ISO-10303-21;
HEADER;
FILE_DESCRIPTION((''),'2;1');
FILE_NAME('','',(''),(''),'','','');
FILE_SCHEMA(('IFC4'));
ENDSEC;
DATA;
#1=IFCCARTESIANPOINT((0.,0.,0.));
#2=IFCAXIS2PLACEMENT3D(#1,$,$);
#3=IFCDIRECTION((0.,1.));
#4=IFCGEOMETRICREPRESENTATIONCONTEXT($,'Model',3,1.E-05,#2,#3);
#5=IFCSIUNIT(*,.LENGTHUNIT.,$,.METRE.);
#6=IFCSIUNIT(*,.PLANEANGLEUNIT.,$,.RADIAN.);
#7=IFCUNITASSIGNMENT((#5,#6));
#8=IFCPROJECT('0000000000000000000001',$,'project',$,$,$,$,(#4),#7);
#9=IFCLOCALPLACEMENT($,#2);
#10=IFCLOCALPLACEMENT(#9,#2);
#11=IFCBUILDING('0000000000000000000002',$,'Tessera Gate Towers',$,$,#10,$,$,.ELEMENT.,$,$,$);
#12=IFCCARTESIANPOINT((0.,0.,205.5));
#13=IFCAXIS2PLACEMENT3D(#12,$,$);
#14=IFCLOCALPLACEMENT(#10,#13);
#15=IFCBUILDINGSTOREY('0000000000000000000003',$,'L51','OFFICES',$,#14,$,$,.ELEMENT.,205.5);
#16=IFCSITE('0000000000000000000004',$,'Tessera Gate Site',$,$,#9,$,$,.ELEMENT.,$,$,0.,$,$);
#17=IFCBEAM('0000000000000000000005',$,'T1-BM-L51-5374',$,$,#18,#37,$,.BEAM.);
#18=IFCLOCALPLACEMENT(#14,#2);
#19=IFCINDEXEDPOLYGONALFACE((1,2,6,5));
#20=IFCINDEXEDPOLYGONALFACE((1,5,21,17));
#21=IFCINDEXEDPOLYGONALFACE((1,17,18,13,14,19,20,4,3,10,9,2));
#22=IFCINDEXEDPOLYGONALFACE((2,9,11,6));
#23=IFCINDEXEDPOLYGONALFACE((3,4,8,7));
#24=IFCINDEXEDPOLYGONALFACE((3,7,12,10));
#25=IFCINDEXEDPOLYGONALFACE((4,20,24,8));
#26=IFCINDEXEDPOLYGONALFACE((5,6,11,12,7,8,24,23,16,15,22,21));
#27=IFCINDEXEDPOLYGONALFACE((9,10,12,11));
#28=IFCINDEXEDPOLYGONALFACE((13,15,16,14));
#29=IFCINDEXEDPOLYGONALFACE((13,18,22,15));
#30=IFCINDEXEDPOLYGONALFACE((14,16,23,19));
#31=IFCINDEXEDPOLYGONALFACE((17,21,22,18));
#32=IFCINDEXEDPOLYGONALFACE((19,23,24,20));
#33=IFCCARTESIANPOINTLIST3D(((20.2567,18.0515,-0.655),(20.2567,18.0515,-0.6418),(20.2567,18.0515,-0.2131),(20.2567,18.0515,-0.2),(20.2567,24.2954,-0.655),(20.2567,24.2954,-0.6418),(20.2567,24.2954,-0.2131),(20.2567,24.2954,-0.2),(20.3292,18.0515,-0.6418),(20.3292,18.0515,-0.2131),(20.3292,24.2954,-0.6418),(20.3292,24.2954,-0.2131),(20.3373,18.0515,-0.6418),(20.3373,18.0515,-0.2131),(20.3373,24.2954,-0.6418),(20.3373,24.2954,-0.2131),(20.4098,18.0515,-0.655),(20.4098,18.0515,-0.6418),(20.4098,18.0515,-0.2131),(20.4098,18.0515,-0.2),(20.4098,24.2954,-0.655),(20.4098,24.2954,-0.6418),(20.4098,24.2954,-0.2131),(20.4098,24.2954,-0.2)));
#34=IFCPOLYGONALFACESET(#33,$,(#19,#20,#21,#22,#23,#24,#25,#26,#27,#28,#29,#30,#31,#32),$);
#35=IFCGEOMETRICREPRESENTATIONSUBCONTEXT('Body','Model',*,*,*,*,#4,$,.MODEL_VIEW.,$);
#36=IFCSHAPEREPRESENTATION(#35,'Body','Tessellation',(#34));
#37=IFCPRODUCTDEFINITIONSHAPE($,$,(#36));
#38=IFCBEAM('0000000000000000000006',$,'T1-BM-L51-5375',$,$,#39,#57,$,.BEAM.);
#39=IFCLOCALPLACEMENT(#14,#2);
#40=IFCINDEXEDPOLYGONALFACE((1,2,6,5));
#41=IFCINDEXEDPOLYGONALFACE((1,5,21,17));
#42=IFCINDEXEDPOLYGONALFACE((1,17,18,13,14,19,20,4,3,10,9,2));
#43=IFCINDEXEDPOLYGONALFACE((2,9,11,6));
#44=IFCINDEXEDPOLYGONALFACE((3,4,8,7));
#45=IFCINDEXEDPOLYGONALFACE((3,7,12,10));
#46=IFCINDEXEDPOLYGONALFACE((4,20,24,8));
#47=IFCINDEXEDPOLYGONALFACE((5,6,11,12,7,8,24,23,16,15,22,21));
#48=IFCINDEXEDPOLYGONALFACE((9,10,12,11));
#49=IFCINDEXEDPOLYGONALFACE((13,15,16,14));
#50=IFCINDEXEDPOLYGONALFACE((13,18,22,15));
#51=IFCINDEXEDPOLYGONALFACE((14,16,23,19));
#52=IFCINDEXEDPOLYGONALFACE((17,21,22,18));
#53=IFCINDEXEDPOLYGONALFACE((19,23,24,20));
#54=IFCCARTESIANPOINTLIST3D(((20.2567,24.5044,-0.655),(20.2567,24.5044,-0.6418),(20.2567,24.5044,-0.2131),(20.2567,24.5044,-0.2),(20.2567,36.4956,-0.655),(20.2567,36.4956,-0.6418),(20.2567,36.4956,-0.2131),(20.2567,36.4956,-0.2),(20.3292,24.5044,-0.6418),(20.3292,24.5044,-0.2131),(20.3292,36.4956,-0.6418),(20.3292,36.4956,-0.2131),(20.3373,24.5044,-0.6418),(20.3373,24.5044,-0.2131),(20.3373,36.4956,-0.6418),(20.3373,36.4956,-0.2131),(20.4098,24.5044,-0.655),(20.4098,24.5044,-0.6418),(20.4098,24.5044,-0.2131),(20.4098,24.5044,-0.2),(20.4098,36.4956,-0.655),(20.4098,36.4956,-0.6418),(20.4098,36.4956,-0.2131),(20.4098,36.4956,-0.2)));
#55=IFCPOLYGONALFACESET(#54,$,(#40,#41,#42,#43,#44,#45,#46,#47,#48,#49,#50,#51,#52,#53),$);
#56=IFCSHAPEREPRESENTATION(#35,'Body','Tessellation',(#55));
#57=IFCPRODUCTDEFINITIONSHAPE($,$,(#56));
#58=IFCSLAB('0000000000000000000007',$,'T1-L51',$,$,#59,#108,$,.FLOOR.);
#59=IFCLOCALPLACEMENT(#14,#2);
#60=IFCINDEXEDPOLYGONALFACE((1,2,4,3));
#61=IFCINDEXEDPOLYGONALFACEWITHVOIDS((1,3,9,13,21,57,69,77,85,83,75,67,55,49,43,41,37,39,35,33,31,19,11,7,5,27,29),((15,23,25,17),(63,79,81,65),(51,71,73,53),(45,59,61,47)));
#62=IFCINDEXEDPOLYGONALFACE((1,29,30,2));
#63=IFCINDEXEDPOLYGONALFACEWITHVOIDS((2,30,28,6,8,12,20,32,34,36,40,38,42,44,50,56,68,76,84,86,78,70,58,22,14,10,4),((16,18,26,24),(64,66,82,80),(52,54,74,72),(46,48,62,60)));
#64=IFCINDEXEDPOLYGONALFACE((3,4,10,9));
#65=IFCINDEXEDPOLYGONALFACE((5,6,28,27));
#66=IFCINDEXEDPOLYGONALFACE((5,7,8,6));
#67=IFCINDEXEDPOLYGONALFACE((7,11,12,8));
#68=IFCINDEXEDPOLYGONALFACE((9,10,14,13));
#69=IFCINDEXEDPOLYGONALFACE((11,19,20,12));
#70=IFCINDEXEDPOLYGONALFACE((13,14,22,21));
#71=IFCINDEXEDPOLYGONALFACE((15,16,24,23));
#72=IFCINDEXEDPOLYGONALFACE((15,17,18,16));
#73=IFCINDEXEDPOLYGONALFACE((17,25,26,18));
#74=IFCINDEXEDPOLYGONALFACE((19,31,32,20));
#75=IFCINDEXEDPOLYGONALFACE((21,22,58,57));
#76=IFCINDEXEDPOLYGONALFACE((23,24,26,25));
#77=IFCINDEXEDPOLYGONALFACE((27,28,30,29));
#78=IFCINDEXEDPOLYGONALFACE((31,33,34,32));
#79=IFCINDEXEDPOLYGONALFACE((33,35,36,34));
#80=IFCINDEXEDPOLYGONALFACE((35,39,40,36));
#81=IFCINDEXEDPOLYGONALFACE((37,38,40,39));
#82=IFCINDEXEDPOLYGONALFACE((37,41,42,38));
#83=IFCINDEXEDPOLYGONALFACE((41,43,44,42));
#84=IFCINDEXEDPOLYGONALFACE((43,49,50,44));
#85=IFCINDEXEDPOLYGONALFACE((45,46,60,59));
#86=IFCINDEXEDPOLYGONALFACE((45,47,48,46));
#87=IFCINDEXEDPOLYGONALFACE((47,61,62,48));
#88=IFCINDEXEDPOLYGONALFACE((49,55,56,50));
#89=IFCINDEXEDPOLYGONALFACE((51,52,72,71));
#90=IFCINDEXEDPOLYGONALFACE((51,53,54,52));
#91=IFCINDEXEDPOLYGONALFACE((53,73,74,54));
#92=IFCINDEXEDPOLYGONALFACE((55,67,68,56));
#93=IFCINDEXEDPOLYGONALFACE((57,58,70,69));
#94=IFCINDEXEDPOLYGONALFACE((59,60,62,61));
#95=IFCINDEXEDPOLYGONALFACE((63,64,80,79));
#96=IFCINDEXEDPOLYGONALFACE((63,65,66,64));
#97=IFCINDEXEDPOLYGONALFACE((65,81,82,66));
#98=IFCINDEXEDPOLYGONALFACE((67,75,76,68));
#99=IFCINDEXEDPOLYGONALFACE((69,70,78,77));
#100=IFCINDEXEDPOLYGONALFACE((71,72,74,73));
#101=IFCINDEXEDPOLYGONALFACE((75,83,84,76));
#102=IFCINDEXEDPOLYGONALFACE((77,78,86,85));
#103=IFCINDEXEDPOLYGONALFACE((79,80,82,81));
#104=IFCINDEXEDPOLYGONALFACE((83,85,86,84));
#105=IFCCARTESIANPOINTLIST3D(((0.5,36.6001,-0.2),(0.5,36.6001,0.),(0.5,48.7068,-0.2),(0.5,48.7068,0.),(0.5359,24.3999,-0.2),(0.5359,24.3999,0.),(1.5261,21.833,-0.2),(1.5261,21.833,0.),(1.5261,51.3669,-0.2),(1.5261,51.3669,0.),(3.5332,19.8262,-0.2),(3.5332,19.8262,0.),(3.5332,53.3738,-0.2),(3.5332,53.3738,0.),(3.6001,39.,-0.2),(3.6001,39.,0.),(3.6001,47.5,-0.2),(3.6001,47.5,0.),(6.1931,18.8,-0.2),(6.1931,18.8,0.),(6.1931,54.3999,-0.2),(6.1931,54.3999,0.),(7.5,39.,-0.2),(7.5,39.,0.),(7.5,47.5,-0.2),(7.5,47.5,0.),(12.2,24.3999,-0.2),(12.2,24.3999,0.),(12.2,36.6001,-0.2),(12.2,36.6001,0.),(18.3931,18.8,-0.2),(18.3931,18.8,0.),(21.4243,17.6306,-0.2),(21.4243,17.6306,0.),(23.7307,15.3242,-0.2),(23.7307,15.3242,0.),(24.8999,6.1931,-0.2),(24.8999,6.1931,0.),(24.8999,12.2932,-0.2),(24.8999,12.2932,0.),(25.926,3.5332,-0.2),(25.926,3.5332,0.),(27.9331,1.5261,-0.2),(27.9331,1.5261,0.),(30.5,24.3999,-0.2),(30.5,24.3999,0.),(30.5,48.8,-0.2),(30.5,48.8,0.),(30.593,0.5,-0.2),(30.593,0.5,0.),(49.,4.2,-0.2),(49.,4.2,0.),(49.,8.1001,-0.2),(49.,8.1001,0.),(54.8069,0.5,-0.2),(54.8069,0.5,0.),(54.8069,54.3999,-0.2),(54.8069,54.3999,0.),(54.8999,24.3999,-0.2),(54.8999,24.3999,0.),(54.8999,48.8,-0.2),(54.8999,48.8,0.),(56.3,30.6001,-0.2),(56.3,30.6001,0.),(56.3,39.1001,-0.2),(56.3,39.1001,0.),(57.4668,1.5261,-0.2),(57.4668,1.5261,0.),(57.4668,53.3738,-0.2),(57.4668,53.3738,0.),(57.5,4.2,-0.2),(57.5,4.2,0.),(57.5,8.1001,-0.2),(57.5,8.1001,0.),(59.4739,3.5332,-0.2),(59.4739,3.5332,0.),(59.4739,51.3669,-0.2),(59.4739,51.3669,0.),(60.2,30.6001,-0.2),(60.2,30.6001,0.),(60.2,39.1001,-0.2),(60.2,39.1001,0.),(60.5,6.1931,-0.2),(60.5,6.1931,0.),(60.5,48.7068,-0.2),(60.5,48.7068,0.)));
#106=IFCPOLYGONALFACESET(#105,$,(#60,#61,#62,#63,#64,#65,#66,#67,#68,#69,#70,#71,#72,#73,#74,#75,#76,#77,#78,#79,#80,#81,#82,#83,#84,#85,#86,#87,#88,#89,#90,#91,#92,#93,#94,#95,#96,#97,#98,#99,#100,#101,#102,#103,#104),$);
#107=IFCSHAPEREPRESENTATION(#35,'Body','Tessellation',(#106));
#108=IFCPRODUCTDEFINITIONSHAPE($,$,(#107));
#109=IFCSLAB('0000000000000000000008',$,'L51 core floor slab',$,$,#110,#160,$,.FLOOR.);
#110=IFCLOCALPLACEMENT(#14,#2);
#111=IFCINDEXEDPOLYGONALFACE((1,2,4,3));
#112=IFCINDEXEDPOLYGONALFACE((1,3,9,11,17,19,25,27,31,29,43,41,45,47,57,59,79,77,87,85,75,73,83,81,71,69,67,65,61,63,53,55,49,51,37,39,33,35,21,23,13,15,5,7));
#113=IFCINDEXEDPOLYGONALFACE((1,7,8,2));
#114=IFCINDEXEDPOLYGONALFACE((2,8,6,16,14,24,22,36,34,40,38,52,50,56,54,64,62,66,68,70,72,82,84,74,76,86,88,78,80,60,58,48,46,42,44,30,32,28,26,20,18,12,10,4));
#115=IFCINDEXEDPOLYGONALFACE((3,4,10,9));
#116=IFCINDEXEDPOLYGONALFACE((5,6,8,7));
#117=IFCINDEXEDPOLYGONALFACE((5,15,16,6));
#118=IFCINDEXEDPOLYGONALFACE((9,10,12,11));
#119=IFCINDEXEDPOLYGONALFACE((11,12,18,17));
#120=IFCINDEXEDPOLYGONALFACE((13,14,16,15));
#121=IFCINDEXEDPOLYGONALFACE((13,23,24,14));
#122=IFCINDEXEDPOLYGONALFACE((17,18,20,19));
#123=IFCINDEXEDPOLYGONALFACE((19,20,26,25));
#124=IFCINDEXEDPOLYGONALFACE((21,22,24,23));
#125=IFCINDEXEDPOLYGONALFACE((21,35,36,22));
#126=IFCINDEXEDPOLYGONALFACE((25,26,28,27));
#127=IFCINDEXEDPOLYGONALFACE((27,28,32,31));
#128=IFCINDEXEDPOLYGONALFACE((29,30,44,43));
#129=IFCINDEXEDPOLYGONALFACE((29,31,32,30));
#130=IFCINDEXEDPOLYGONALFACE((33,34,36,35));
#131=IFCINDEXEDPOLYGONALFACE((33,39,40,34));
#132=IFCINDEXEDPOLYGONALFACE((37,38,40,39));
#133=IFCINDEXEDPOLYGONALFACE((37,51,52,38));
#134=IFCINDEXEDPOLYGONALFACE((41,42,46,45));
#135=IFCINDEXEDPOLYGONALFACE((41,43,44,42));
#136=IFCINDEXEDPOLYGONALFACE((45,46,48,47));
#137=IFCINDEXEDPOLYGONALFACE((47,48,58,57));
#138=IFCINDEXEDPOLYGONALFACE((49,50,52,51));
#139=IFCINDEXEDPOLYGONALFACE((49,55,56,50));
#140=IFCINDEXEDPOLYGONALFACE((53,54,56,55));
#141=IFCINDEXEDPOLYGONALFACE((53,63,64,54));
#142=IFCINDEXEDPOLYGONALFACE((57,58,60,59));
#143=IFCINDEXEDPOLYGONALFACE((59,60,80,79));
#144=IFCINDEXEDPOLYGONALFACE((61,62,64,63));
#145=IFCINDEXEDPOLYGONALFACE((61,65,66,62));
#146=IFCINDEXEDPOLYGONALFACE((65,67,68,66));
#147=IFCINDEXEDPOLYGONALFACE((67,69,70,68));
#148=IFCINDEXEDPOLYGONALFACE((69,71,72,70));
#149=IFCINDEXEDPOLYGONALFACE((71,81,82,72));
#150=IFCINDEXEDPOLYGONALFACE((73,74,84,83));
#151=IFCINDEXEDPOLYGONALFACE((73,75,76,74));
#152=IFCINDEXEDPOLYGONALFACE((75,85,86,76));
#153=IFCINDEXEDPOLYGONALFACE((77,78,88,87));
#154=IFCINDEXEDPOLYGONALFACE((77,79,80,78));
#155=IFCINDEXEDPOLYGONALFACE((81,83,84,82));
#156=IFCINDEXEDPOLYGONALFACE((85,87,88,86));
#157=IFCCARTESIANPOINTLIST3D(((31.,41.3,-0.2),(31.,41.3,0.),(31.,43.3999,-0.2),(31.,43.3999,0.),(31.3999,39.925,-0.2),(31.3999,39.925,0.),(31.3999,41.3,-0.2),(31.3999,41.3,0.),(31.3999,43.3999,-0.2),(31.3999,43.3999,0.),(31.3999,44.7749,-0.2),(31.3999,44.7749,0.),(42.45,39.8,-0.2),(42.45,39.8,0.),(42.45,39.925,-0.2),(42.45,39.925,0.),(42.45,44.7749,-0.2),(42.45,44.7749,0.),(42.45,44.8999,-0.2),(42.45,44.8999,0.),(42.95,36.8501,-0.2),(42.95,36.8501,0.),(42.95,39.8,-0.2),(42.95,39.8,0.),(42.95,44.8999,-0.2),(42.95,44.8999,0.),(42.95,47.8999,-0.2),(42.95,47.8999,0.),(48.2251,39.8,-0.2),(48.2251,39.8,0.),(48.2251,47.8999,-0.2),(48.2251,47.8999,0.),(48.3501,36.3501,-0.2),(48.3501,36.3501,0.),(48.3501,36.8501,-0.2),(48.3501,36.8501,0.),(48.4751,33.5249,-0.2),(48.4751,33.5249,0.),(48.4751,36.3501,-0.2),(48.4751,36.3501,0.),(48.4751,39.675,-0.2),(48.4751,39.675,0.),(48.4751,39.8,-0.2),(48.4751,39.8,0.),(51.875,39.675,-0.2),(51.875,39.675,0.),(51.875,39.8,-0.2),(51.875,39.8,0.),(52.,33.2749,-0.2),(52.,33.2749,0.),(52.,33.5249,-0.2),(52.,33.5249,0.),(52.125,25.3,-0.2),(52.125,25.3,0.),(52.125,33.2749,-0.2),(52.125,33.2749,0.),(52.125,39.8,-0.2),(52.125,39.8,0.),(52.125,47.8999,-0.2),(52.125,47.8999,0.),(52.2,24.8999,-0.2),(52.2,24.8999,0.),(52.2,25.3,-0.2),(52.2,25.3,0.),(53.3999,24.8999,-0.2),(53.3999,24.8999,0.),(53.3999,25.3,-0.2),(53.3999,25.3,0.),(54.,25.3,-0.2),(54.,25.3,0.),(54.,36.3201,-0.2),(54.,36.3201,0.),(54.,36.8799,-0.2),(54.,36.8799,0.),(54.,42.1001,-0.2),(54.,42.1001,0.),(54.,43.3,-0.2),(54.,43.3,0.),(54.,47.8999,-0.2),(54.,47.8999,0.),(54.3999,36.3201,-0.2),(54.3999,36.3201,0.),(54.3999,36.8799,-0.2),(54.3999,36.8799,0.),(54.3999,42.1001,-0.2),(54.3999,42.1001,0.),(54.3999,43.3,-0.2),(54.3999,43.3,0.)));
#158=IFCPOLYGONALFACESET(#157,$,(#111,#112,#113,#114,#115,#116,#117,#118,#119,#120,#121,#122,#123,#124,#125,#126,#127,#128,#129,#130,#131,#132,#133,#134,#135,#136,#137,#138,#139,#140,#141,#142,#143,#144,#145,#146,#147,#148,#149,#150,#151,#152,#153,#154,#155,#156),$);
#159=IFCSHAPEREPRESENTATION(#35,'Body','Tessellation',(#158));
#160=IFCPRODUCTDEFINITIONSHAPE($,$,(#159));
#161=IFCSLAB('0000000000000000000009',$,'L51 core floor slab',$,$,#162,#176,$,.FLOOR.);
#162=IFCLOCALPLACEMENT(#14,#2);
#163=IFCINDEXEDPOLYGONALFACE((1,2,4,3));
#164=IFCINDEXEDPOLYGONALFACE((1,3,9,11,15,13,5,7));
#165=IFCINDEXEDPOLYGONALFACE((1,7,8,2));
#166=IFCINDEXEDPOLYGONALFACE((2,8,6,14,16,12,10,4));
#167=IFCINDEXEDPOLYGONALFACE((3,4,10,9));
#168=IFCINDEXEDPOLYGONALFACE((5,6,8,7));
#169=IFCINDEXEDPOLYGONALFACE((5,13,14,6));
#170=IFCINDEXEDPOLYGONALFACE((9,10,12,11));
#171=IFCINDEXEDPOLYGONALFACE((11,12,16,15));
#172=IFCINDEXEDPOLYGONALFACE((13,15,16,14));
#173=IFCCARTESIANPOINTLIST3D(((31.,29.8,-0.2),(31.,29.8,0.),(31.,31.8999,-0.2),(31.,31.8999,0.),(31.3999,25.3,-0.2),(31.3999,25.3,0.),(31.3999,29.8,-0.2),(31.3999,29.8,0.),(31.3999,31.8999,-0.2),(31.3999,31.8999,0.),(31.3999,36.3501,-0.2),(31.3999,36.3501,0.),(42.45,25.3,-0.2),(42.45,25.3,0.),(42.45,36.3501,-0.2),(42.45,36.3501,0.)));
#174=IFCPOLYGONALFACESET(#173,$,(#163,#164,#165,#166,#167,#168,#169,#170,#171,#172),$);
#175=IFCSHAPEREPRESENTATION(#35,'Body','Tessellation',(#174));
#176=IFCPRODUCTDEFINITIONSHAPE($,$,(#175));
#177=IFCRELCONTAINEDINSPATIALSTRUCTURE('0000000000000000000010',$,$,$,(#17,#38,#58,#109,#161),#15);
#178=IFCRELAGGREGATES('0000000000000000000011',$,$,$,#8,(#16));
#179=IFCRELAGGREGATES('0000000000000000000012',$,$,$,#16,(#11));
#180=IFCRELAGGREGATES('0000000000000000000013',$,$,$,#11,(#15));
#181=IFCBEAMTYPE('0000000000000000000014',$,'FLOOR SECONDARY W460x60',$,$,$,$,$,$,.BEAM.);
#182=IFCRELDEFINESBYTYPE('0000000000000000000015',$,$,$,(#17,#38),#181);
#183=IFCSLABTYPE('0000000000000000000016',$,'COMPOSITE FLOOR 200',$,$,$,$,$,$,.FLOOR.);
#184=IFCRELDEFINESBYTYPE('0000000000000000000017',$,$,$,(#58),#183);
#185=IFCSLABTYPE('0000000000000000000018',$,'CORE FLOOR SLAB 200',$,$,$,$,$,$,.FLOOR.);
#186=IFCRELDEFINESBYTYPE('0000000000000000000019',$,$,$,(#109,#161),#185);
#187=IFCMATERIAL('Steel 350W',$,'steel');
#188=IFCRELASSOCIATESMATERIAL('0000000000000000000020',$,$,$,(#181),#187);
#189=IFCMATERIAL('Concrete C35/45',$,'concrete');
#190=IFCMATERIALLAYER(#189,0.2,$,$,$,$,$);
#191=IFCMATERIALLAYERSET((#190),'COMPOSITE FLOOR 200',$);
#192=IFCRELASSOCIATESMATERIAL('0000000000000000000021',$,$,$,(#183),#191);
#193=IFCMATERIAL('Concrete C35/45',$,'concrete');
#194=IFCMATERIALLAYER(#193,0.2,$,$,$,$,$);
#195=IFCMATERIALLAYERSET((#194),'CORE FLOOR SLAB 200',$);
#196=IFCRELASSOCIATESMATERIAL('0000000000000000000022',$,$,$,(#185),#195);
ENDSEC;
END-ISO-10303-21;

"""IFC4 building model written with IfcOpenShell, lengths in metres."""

from ifc_helpers import new_model, si_unit, direction, frame, origin, origin_2d, place, context, subcontext, project, spatial, polyline, i_section, outline, extrude, material, layer, layer_set, material_profile, profile_set, type_object, element, save


model = new_model("IFC4")

# Units and contexts
model_context = context("Model", 3, precision=1e-05, world=origin(), true_north=direction((0.0, 1.0)))
body_context = subcontext(model_context, "Body", "Model", "MODEL_VIEW")
ifc_project = project(units=[si_unit("LENGTHUNIT", "METRE"), si_unit("PLANEANGLEUNIT", "RADIAN")], contexts=[model_context])

# Site, building, storey
site_placement = place(None, origin())
site = spatial("IfcSite", under=ifc_project, at=site_placement, Name="Tessera Gate Site", CompositionType="ELEMENT", RefElevation=0.0)
building_placement = place(site_placement, origin())
building = spatial("IfcBuilding", under=site, at=building_placement, Name="Tessera Gate Towers", CompositionType="ELEMENT")
storey_placement = place(building_placement, frame((0.0, 0.0, 205.5)))
storey = spatial("IfcBuildingStorey", under=building, at=storey_placement, Name="L51", Description="OFFICES", CompositionType="ELEMENT", Elevation=205.5)

# Beams
ifc_material_1 = material(Name="Steel 350W", Category="steel")
ifc_material_profile_1 = material_profile(ifc_material_1, i_section(OverallWidth=0.1531, OverallDepth=0.4551, WebThickness=0.0081, FlangeThickness=0.0132, at=origin_2d()), Name="W460x60")
ifc_profile_set_1 = profile_set([ifc_material_profile_1], Name="Steel 350W")
beam_type_1 = type_object("IfcBeamType", Name="FLOOR SECONDARY W460x60", PredefinedType="BEAM", material=ifc_profile_set_1)
beam_1_placement = place(storey_placement, frame((20.3333, 18.0515, -0.4275), z_axis=(0.0, 1.0, 0.0), x_axis=(-1.0, 0.0, 0.0)))
element("IfcBeam", 1, at=beam_1_placement, inside=storey, type_object=beam_type_1, Name="T1-BM-L51-5374", PredefinedType="BEAM", context=body_context, shape_type="SweptSolid", body=[
    extrude(i_section(OverallWidth=0.1531, OverallDepth=0.4551, WebThickness=0.0081, FlangeThickness=0.0132, at=origin_2d()), origin(), (0.0, 0.0, 1.0), 6.2439),
])
beam_2_placement = place(storey_placement, frame((20.3333, 24.5044, -0.4275), z_axis=(0.0, 1.0, 0.0), x_axis=(-1.0, 0.0, 0.0)))
element("IfcBeam", 2, at=beam_2_placement, inside=storey, type_object=beam_type_1, Name="T1-BM-L51-5375", PredefinedType="BEAM", context=body_context, shape_type="SweptSolid", body=[
    extrude(i_section(OverallWidth=0.1531, OverallDepth=0.4551, WebThickness=0.0081, FlangeThickness=0.0132, at=origin_2d()), origin(), (0.0, 0.0, 1.0), 11.9912),
])

# Slabs
ifc_material_2 = material(Name="Concrete C35/45", Category="concrete")
ifc_layer_1 = layer(ifc_material_2, 0.2)
ifc_layer_set_1 = layer_set([ifc_layer_1], Name="COMPOSITE FLOOR 200")
slab_type_1 = type_object("IfcSlabType", Name="COMPOSITE FLOOR 200", PredefinedType="FLOOR", material=ifc_layer_set_1)
slab_1_placement = place(storey_placement, frame((0.0, 0.0, -0.2)))
element("IfcSlab", 3, at=slab_1_placement, inside=storey, type_object=slab_type_1, Name="T1-L51", PredefinedType="FLOOR", context=body_context, shape_type="SweptSolid", body=[
    extrude(outline(polyline([(0.5, 36.6001), (12.2, 36.6001), (12.2, 24.3999), (0.5359, 24.3999), (1.5261, 21.833), (3.5332, 19.8262), (6.1931, 18.8), (18.3931, 18.8), (21.4243, 17.6306), (23.7307, 15.3242), (24.8999, 12.2932), (24.8999, 6.1931), (25.926, 3.5332), (27.9331, 1.5261), (30.593, 0.5), (54.8069, 0.5), (57.4668, 1.5261), (59.4739, 3.5332), (60.5, 6.1931), (60.5, 48.7068), (59.4739, 51.3669), (57.4668, 53.3738), (54.8069, 54.3999), (6.1931, 54.3999), (3.5332, 53.3738), (1.5261, 51.3669), (0.5, 48.7068), (0.5, 36.6001)]), holes=[polyline([(3.6001, 39.0), (3.6001, 47.5), (7.5, 47.5), (7.5, 39.0), (3.6001, 39.0)]), polyline([(30.5, 24.3999), (30.5, 48.8), (54.8999, 48.8), (54.8999, 24.3999), (30.5, 24.3999)]), polyline([(49.0, 4.2), (49.0, 8.1001), (57.5, 8.1001), (57.5, 4.2), (49.0, 4.2)]), polyline([(56.3, 30.6001), (56.3, 39.1001), (60.2, 39.1001), (60.2, 30.6001), (56.3, 30.6001)])]), origin(), (0.0, 0.0, 1.0), 0.2),
])
ifc_material_3 = material(Name="Concrete C35/45", Category="concrete")
ifc_layer_2 = layer(ifc_material_3, 0.2)
ifc_layer_set_2 = layer_set([ifc_layer_2], Name="CORE FLOOR SLAB 200")
slab_type_2 = type_object("IfcSlabType", Name="CORE FLOOR SLAB 200", PredefinedType="FLOOR", material=ifc_layer_set_2)
slab_2_placement = place(storey_placement, frame((0.0, 0.0, -0.2)))
element("IfcSlab", 4, at=slab_2_placement, inside=storey, type_object=slab_type_2, Name="L51 core floor slab", PredefinedType="FLOOR", context=body_context, shape_type="SweptSolid", body=[
    extrude(outline(polyline([(42.45, 44.8999), (42.45, 44.7749), (31.3999, 44.7749), (31.3999, 43.3999), (31.0, 43.3999), (31.0, 41.3), (31.3999, 41.3), (31.3999, 39.925), (42.45, 39.925), (42.45, 39.8), (42.95, 39.8), (42.95, 36.8501), (48.3501, 36.8501), (48.3501, 36.3501), (48.4751, 36.3501), (48.4751, 33.5249), (52.0, 33.5249), (52.0, 33.2749), (52.125, 33.2749), (52.125, 25.3), (52.2, 25.3), (52.2, 24.8999), (53.3999, 24.8999), (53.3999, 25.3), (54.0, 25.3), (54.0, 36.3201), (54.3999, 36.3201), (54.3999, 36.8799), (54.0, 36.8799), (54.0, 42.1001), (54.3999, 42.1001), (54.3999, 43.3), (54.0, 43.3), (54.0, 47.8999), (52.125, 47.8999), (52.125, 39.8), (51.875, 39.8), (51.875, 39.675), (48.4751, 39.675), (48.4751, 39.8), (48.2251, 39.8), (48.2251, 47.8999), (42.95, 47.8999), (42.95, 44.8999), (42.45, 44.8999)])), origin(), (0.0, 0.0, 1.0), 0.2),
])
slab_3_placement = place(storey_placement, frame((0.0, 0.0, -0.2)))
element("IfcSlab", 5, at=slab_3_placement, inside=storey, type_object=slab_type_2, Name="L51 core floor slab", PredefinedType="FLOOR", context=body_context, shape_type="SweptSolid", body=[
    extrude(outline(polyline([(31.3999, 36.3501), (31.3999, 31.8999), (31.0, 31.8999), (31.0, 29.8), (31.3999, 29.8), (31.3999, 25.3), (42.45, 25.3), (42.45, 36.3501), (31.3999, 36.3501)])), origin(), (0.0, 0.0, 1.0), 0.2),
])

save(model, "model.ifc")
